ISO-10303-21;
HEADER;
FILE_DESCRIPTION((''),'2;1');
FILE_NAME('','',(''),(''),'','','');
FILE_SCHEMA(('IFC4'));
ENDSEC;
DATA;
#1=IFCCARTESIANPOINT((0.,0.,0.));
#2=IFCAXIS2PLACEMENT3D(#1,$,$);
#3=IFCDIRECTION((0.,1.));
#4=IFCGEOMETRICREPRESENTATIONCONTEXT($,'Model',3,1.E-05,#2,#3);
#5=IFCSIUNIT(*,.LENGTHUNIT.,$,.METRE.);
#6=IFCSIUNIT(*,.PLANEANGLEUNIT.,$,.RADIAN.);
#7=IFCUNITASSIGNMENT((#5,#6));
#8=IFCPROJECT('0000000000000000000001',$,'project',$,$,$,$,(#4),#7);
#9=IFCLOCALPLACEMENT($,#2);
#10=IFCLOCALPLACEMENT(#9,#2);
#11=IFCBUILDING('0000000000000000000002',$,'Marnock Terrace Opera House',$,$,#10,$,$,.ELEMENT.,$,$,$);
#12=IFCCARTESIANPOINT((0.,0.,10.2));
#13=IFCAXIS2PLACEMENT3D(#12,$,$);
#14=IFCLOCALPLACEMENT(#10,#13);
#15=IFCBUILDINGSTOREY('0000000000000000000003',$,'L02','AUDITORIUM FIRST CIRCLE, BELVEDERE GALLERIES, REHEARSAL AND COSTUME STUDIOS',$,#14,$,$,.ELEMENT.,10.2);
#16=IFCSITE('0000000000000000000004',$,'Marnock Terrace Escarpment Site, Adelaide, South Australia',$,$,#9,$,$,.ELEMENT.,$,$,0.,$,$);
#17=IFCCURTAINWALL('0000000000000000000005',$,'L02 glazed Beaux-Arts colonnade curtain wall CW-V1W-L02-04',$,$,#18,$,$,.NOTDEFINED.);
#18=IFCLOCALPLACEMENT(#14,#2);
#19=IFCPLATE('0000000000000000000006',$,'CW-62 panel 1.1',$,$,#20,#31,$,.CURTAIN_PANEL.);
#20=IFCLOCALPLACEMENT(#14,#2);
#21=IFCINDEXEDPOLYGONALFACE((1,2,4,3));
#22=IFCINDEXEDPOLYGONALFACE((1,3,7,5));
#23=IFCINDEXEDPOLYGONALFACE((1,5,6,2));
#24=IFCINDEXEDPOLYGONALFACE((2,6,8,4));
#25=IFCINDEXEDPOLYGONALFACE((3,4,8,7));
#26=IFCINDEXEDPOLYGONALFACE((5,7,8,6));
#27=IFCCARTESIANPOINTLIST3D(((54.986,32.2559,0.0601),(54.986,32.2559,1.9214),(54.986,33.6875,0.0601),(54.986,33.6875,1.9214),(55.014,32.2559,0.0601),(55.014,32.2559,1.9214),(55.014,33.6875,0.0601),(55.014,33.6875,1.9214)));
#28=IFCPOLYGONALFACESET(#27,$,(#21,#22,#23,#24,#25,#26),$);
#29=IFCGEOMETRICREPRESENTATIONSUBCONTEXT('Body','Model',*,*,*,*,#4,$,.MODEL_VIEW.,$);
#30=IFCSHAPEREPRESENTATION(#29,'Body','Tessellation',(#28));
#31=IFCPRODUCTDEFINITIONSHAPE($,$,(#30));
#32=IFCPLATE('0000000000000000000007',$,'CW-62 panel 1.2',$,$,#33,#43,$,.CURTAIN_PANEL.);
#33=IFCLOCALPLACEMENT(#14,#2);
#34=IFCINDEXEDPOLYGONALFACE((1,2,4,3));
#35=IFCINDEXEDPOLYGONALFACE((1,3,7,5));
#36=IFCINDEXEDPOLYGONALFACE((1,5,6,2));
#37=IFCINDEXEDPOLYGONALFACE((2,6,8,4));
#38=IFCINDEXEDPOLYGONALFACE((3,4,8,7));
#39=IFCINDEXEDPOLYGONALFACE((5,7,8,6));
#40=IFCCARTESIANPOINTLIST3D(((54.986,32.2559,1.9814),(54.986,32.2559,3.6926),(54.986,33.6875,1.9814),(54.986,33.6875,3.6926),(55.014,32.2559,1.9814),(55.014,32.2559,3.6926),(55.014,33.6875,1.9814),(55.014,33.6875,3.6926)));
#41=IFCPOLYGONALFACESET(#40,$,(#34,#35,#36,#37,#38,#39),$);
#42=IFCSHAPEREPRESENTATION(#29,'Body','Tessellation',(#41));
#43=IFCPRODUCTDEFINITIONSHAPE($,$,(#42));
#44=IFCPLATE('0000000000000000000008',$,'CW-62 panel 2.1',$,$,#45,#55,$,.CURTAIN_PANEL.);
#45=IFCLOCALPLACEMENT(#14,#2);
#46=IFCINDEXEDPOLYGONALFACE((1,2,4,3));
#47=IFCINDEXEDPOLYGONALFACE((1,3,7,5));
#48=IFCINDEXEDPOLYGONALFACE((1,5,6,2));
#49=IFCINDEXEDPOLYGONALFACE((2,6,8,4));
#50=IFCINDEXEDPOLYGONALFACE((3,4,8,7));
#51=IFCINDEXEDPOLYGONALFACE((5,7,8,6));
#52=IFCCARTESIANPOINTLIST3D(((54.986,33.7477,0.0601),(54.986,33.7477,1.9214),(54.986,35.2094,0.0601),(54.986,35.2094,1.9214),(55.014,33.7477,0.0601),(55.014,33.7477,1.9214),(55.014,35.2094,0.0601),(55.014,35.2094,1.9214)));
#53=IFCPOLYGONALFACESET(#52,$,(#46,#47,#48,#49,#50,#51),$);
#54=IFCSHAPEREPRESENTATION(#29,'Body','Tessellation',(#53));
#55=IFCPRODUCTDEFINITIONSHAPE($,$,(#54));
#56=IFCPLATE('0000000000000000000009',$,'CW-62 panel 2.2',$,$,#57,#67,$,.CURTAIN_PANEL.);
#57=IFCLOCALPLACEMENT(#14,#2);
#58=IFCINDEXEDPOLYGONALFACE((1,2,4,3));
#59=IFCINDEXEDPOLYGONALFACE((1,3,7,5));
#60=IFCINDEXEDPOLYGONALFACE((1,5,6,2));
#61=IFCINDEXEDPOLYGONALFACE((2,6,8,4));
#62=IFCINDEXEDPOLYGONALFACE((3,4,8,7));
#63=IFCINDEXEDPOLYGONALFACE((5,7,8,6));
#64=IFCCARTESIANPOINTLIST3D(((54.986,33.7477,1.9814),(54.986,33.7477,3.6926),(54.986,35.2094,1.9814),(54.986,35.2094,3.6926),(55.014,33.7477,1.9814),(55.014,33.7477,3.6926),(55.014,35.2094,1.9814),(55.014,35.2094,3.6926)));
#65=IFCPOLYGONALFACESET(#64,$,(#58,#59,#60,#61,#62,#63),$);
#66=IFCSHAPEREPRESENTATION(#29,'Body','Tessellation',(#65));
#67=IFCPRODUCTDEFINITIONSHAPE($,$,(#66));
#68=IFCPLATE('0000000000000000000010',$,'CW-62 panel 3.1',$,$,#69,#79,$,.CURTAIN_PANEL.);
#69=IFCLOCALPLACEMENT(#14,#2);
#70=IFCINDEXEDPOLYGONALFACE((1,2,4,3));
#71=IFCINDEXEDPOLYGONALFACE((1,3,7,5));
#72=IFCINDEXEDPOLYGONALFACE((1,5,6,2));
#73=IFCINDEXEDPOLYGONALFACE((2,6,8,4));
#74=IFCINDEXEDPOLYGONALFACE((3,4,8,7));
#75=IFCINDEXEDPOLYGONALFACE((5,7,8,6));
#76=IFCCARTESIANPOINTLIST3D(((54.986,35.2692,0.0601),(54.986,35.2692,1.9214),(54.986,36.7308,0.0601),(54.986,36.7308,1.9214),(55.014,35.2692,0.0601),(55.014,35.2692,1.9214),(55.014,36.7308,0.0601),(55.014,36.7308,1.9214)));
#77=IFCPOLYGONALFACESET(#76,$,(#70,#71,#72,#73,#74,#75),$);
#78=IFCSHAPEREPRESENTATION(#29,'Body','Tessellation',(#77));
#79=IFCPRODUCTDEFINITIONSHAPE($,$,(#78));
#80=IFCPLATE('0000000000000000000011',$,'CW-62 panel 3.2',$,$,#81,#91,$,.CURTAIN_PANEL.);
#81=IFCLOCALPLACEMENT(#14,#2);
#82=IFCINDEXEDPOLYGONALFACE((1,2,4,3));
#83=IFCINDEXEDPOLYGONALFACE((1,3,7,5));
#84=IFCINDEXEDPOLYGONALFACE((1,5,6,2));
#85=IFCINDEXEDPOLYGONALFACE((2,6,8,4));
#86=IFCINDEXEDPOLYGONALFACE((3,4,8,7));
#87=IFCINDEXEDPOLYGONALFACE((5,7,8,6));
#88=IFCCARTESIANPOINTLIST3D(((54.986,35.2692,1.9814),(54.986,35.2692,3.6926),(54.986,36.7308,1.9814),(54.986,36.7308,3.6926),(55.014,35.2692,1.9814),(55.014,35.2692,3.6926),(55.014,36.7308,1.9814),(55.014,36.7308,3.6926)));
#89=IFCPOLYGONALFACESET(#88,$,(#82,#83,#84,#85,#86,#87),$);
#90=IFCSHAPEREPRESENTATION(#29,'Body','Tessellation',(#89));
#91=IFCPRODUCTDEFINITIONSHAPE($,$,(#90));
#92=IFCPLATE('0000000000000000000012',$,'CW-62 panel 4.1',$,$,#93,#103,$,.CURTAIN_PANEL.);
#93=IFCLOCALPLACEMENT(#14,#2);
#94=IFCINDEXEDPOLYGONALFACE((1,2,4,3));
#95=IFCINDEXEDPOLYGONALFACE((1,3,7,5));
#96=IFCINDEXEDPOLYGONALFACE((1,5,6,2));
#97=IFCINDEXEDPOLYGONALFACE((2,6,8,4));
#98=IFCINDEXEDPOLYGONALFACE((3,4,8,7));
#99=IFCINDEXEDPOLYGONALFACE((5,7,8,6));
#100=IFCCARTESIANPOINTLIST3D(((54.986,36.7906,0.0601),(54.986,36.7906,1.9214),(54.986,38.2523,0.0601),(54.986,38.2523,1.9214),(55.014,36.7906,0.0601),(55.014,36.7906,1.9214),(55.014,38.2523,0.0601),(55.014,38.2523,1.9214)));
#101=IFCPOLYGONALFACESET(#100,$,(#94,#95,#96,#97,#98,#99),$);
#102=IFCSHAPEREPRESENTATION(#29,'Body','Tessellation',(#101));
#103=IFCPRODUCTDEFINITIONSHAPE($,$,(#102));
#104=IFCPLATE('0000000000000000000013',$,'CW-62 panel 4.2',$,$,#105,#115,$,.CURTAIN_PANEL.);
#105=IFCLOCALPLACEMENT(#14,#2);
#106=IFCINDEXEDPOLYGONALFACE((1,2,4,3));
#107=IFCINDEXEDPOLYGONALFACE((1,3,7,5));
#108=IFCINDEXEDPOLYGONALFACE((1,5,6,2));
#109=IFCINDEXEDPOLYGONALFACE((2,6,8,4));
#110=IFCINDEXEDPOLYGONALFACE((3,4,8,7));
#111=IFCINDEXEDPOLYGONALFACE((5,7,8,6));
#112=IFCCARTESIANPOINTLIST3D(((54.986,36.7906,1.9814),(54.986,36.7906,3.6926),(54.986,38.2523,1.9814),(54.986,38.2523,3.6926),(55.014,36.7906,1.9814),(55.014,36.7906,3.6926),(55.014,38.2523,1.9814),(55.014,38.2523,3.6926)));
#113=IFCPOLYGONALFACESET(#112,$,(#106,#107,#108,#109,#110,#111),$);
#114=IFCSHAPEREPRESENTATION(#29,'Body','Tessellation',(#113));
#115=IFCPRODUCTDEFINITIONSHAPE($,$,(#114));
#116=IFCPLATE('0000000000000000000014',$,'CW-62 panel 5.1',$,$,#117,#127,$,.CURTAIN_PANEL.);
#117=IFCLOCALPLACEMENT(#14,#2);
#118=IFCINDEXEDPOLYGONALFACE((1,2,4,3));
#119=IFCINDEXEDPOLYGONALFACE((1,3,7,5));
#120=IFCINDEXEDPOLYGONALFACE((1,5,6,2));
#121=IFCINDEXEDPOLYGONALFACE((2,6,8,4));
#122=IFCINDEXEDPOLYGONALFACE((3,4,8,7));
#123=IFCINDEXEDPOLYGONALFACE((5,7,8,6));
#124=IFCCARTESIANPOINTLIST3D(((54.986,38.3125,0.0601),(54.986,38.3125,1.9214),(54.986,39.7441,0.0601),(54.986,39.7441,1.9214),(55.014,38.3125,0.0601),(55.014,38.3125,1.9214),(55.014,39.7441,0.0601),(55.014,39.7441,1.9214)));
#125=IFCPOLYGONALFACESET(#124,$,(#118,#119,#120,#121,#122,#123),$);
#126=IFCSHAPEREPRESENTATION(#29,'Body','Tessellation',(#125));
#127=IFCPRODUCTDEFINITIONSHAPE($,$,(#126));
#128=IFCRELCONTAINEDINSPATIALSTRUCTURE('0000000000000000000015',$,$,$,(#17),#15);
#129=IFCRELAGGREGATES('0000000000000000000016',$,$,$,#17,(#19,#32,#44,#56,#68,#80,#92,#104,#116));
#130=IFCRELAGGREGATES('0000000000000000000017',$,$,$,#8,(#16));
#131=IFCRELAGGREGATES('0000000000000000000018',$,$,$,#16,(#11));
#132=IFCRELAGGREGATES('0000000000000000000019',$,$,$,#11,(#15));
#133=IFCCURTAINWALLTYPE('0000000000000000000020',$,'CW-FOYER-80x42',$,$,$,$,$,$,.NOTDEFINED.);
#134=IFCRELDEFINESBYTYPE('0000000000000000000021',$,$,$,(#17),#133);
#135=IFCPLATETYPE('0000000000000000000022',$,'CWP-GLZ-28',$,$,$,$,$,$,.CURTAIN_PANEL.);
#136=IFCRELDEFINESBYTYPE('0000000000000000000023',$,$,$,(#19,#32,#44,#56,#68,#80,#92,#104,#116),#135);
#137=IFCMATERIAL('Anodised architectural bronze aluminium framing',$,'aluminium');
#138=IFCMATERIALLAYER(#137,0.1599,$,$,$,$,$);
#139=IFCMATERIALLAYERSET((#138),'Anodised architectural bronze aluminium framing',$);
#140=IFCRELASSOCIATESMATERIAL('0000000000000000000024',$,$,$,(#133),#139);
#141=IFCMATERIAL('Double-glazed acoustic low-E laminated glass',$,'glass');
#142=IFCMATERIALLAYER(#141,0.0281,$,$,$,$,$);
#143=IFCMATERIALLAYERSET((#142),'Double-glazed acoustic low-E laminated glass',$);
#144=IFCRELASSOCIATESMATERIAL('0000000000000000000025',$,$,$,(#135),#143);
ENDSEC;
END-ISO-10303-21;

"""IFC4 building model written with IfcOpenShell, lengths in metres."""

from ifc_helpers import new_model, si_unit, direction, frame, origin, origin_2d, place, context, subcontext, project, spatial, rectangle, extrude, material, layer, layer_set, type_object, element, aggregate, save


model = new_model("IFC4")

# Units and contexts
model_context = context("Model", 3, precision=1e-05, world=origin(), true_north=direction((0.0, 1.0)))
body_context = subcontext(model_context, "Body", "Model", "MODEL_VIEW")
ifc_project = project(units=[si_unit("LENGTHUNIT", "METRE"), si_unit("PLANEANGLEUNIT", "RADIAN")], contexts=[model_context])

# Site, building, storey
site_placement = place(None, origin())
site = spatial("IfcSite", under=ifc_project, at=site_placement, Name="Marnock Terrace Escarpment Site, Adelaide, South Australia", CompositionType="ELEMENT", RefElevation=0.0)
building_placement = place(site_placement, origin())
building = spatial("IfcBuilding", under=site, at=building_placement, Name="Marnock Terrace Opera House", CompositionType="ELEMENT")
storey_placement = place(building_placement, frame((0.0, 0.0, 10.2)))
storey = spatial("IfcBuildingStorey", under=building, at=storey_placement, Name="L02", Description="AUDITORIUM FIRST CIRCLE, BELVEDERE GALLERIES, REHEARSAL AND COSTUME STUDIOS", CompositionType="ELEMENT", Elevation=10.2)

# Shared definitions
ifc_material_1 = material(Name="Anodised architectural bronze aluminium framing", Category="aluminium")
ifc_layer_1 = layer(ifc_material_1, 0.1599)
ifc_layer_set_1 = layer_set([ifc_layer_1], Name="Anodised architectural bronze aluminium framing")
curtain_wall_type = type_object("IfcCurtainWallType", Name="CW-FOYER-80x42", PredefinedType="NOTDEFINED", material=ifc_layer_set_1)

# Curtain wall
curtain_wall_1_placement = place(storey_placement, origin())
curtain_wall_1 = element("IfcCurtainWall", 1, at=curtain_wall_1_placement, inside=storey, type_object=curtain_wall_type, Name="L02 glazed Beaux-Arts colonnade curtain wall CW-V1W-L02-04", PredefinedType="NOTDEFINED")

# Plates
ifc_material_2 = material(Name="Double-glazed acoustic low-E laminated glass", Category="glass")
ifc_layer_2 = layer(ifc_material_2, 0.0281)
ifc_layer_set_2 = layer_set([ifc_layer_2], Name="Double-glazed acoustic low-E laminated glass")
plate_type = type_object("IfcPlateType", Name="CWP-GLZ-28", PredefinedType="CURTAIN_PANEL", material=ifc_layer_set_2)
plate_1_placement = place(storey_placement, frame((55.0, 32.9717, 0.0601), z_axis=(0.0, 0.0, 1.0), x_axis=(0.0, 1.0, 0.0)))
plate_1 = element("IfcPlate", 2, at=plate_1_placement, type_object=plate_type, Name="CW-62 panel 1.1", PredefinedType="CURTAIN_PANEL", context=body_context, shape_type="SweptSolid", body=[
    extrude(rectangle(XDim=1.4316, YDim=0.0281, at=origin_2d()), origin(), (0.0, 0.0, 1.0), 1.8613),
])
plate_2_placement = place(storey_placement, frame((55.0, 32.9717, 1.9814), z_axis=(0.0, 0.0, 1.0), x_axis=(0.0, 1.0, 0.0)))
plate_2 = element("IfcPlate", 3, at=plate_2_placement, type_object=plate_type, Name="CW-62 panel 1.2", PredefinedType="CURTAIN_PANEL", context=body_context, shape_type="SweptSolid", body=[
    extrude(rectangle(XDim=1.4316, YDim=0.0281, at=origin_2d()), origin(), (0.0, 0.0, 1.0), 1.7112),
])
plate_3_placement = place(storey_placement, frame((55.0, 34.4785, 0.0601), z_axis=(0.0, 0.0, 1.0), x_axis=(0.0, 1.0, 0.0)))
plate_3 = element("IfcPlate", 4, at=plate_3_placement, type_object=plate_type, Name="CW-62 panel 2.1", PredefinedType="CURTAIN_PANEL", context=body_context, shape_type="SweptSolid", body=[
    extrude(rectangle(XDim=1.4617, YDim=0.0281, at=origin_2d()), origin(), (0.0, 0.0, 1.0), 1.8613),
])
plate_4_placement = place(storey_placement, frame((55.0, 34.4785, 1.9814), z_axis=(0.0, 0.0, 1.0), x_axis=(0.0, 1.0, 0.0)))
plate_4 = element("IfcPlate", 5, at=plate_4_placement, type_object=plate_type, Name="CW-62 panel 2.2", PredefinedType="CURTAIN_PANEL", context=body_context, shape_type="SweptSolid", body=[
    extrude(rectangle(XDim=1.4617, YDim=0.0281, at=origin_2d()), origin(), (0.0, 0.0, 1.0), 1.7112),
])
plate_5_placement = place(storey_placement, frame((55.0, 36.0, 0.0601), z_axis=(0.0, 0.0, 1.0), x_axis=(0.0, 1.0, 0.0)))
plate_5 = element("IfcPlate", 6, at=plate_5_placement, type_object=plate_type, Name="CW-62 panel 3.1", PredefinedType="CURTAIN_PANEL", context=body_context, shape_type="SweptSolid", body=[
    extrude(rectangle(XDim=1.4617, YDim=0.0281, at=origin_2d()), origin(), (0.0, 0.0, 1.0), 1.8613),
])
plate_6_placement = place(storey_placement, frame((55.0, 36.0, 1.9814), z_axis=(0.0, 0.0, 1.0), x_axis=(0.0, 1.0, 0.0)))
plate_6 = element("IfcPlate", 7, at=plate_6_placement, type_object=plate_type, Name="CW-62 panel 3.2", PredefinedType="CURTAIN_PANEL", context=body_context, shape_type="SweptSolid", body=[
    extrude(rectangle(XDim=1.4617, YDim=0.0281, at=origin_2d()), origin(), (0.0, 0.0, 1.0), 1.7112),
])
plate_7_placement = place(storey_placement, frame((55.0, 37.5215, 0.0601), z_axis=(0.0, 0.0, 1.0), x_axis=(0.0, 1.0, 0.0)))
plate_7 = element("IfcPlate", 8, at=plate_7_placement, type_object=plate_type, Name="CW-62 panel 4.1", PredefinedType="CURTAIN_PANEL", context=body_context, shape_type="SweptSolid", body=[
    extrude(rectangle(XDim=1.4617, YDim=0.0281, at=origin_2d()), origin(), (0.0, 0.0, 1.0), 1.8613),
])
plate_8_placement = place(storey_placement, frame((55.0, 37.5215, 1.9814), z_axis=(0.0, 0.0, 1.0), x_axis=(0.0, 1.0, 0.0)))
plate_8 = element("IfcPlate", 9, at=plate_8_placement, type_object=plate_type, Name="CW-62 panel 4.2", PredefinedType="CURTAIN_PANEL", context=body_context, shape_type="SweptSolid", body=[
    extrude(rectangle(XDim=1.4617, YDim=0.0281, at=origin_2d()), origin(), (0.0, 0.0, 1.0), 1.7112),
])
plate_9_placement = place(storey_placement, frame((55.0, 39.0283, 0.0601), z_axis=(0.0, 0.0, 1.0), x_axis=(0.0, 1.0, 0.0)))
plate_9 = element("IfcPlate", 10, at=plate_9_placement, type_object=plate_type, Name="CW-62 panel 5.1", PredefinedType="CURTAIN_PANEL", context=body_context, shape_type="SweptSolid", body=[
    extrude(rectangle(XDim=1.4316, YDim=0.0281, at=origin_2d()), origin(), (0.0, 0.0, 1.0), 1.8613),
])
aggregate(curtain_wall_1, [plate_1, plate_2, plate_3, plate_4, plate_5, plate_6, plate_7, plate_8, plate_9])

save(model, "model.ifc")
